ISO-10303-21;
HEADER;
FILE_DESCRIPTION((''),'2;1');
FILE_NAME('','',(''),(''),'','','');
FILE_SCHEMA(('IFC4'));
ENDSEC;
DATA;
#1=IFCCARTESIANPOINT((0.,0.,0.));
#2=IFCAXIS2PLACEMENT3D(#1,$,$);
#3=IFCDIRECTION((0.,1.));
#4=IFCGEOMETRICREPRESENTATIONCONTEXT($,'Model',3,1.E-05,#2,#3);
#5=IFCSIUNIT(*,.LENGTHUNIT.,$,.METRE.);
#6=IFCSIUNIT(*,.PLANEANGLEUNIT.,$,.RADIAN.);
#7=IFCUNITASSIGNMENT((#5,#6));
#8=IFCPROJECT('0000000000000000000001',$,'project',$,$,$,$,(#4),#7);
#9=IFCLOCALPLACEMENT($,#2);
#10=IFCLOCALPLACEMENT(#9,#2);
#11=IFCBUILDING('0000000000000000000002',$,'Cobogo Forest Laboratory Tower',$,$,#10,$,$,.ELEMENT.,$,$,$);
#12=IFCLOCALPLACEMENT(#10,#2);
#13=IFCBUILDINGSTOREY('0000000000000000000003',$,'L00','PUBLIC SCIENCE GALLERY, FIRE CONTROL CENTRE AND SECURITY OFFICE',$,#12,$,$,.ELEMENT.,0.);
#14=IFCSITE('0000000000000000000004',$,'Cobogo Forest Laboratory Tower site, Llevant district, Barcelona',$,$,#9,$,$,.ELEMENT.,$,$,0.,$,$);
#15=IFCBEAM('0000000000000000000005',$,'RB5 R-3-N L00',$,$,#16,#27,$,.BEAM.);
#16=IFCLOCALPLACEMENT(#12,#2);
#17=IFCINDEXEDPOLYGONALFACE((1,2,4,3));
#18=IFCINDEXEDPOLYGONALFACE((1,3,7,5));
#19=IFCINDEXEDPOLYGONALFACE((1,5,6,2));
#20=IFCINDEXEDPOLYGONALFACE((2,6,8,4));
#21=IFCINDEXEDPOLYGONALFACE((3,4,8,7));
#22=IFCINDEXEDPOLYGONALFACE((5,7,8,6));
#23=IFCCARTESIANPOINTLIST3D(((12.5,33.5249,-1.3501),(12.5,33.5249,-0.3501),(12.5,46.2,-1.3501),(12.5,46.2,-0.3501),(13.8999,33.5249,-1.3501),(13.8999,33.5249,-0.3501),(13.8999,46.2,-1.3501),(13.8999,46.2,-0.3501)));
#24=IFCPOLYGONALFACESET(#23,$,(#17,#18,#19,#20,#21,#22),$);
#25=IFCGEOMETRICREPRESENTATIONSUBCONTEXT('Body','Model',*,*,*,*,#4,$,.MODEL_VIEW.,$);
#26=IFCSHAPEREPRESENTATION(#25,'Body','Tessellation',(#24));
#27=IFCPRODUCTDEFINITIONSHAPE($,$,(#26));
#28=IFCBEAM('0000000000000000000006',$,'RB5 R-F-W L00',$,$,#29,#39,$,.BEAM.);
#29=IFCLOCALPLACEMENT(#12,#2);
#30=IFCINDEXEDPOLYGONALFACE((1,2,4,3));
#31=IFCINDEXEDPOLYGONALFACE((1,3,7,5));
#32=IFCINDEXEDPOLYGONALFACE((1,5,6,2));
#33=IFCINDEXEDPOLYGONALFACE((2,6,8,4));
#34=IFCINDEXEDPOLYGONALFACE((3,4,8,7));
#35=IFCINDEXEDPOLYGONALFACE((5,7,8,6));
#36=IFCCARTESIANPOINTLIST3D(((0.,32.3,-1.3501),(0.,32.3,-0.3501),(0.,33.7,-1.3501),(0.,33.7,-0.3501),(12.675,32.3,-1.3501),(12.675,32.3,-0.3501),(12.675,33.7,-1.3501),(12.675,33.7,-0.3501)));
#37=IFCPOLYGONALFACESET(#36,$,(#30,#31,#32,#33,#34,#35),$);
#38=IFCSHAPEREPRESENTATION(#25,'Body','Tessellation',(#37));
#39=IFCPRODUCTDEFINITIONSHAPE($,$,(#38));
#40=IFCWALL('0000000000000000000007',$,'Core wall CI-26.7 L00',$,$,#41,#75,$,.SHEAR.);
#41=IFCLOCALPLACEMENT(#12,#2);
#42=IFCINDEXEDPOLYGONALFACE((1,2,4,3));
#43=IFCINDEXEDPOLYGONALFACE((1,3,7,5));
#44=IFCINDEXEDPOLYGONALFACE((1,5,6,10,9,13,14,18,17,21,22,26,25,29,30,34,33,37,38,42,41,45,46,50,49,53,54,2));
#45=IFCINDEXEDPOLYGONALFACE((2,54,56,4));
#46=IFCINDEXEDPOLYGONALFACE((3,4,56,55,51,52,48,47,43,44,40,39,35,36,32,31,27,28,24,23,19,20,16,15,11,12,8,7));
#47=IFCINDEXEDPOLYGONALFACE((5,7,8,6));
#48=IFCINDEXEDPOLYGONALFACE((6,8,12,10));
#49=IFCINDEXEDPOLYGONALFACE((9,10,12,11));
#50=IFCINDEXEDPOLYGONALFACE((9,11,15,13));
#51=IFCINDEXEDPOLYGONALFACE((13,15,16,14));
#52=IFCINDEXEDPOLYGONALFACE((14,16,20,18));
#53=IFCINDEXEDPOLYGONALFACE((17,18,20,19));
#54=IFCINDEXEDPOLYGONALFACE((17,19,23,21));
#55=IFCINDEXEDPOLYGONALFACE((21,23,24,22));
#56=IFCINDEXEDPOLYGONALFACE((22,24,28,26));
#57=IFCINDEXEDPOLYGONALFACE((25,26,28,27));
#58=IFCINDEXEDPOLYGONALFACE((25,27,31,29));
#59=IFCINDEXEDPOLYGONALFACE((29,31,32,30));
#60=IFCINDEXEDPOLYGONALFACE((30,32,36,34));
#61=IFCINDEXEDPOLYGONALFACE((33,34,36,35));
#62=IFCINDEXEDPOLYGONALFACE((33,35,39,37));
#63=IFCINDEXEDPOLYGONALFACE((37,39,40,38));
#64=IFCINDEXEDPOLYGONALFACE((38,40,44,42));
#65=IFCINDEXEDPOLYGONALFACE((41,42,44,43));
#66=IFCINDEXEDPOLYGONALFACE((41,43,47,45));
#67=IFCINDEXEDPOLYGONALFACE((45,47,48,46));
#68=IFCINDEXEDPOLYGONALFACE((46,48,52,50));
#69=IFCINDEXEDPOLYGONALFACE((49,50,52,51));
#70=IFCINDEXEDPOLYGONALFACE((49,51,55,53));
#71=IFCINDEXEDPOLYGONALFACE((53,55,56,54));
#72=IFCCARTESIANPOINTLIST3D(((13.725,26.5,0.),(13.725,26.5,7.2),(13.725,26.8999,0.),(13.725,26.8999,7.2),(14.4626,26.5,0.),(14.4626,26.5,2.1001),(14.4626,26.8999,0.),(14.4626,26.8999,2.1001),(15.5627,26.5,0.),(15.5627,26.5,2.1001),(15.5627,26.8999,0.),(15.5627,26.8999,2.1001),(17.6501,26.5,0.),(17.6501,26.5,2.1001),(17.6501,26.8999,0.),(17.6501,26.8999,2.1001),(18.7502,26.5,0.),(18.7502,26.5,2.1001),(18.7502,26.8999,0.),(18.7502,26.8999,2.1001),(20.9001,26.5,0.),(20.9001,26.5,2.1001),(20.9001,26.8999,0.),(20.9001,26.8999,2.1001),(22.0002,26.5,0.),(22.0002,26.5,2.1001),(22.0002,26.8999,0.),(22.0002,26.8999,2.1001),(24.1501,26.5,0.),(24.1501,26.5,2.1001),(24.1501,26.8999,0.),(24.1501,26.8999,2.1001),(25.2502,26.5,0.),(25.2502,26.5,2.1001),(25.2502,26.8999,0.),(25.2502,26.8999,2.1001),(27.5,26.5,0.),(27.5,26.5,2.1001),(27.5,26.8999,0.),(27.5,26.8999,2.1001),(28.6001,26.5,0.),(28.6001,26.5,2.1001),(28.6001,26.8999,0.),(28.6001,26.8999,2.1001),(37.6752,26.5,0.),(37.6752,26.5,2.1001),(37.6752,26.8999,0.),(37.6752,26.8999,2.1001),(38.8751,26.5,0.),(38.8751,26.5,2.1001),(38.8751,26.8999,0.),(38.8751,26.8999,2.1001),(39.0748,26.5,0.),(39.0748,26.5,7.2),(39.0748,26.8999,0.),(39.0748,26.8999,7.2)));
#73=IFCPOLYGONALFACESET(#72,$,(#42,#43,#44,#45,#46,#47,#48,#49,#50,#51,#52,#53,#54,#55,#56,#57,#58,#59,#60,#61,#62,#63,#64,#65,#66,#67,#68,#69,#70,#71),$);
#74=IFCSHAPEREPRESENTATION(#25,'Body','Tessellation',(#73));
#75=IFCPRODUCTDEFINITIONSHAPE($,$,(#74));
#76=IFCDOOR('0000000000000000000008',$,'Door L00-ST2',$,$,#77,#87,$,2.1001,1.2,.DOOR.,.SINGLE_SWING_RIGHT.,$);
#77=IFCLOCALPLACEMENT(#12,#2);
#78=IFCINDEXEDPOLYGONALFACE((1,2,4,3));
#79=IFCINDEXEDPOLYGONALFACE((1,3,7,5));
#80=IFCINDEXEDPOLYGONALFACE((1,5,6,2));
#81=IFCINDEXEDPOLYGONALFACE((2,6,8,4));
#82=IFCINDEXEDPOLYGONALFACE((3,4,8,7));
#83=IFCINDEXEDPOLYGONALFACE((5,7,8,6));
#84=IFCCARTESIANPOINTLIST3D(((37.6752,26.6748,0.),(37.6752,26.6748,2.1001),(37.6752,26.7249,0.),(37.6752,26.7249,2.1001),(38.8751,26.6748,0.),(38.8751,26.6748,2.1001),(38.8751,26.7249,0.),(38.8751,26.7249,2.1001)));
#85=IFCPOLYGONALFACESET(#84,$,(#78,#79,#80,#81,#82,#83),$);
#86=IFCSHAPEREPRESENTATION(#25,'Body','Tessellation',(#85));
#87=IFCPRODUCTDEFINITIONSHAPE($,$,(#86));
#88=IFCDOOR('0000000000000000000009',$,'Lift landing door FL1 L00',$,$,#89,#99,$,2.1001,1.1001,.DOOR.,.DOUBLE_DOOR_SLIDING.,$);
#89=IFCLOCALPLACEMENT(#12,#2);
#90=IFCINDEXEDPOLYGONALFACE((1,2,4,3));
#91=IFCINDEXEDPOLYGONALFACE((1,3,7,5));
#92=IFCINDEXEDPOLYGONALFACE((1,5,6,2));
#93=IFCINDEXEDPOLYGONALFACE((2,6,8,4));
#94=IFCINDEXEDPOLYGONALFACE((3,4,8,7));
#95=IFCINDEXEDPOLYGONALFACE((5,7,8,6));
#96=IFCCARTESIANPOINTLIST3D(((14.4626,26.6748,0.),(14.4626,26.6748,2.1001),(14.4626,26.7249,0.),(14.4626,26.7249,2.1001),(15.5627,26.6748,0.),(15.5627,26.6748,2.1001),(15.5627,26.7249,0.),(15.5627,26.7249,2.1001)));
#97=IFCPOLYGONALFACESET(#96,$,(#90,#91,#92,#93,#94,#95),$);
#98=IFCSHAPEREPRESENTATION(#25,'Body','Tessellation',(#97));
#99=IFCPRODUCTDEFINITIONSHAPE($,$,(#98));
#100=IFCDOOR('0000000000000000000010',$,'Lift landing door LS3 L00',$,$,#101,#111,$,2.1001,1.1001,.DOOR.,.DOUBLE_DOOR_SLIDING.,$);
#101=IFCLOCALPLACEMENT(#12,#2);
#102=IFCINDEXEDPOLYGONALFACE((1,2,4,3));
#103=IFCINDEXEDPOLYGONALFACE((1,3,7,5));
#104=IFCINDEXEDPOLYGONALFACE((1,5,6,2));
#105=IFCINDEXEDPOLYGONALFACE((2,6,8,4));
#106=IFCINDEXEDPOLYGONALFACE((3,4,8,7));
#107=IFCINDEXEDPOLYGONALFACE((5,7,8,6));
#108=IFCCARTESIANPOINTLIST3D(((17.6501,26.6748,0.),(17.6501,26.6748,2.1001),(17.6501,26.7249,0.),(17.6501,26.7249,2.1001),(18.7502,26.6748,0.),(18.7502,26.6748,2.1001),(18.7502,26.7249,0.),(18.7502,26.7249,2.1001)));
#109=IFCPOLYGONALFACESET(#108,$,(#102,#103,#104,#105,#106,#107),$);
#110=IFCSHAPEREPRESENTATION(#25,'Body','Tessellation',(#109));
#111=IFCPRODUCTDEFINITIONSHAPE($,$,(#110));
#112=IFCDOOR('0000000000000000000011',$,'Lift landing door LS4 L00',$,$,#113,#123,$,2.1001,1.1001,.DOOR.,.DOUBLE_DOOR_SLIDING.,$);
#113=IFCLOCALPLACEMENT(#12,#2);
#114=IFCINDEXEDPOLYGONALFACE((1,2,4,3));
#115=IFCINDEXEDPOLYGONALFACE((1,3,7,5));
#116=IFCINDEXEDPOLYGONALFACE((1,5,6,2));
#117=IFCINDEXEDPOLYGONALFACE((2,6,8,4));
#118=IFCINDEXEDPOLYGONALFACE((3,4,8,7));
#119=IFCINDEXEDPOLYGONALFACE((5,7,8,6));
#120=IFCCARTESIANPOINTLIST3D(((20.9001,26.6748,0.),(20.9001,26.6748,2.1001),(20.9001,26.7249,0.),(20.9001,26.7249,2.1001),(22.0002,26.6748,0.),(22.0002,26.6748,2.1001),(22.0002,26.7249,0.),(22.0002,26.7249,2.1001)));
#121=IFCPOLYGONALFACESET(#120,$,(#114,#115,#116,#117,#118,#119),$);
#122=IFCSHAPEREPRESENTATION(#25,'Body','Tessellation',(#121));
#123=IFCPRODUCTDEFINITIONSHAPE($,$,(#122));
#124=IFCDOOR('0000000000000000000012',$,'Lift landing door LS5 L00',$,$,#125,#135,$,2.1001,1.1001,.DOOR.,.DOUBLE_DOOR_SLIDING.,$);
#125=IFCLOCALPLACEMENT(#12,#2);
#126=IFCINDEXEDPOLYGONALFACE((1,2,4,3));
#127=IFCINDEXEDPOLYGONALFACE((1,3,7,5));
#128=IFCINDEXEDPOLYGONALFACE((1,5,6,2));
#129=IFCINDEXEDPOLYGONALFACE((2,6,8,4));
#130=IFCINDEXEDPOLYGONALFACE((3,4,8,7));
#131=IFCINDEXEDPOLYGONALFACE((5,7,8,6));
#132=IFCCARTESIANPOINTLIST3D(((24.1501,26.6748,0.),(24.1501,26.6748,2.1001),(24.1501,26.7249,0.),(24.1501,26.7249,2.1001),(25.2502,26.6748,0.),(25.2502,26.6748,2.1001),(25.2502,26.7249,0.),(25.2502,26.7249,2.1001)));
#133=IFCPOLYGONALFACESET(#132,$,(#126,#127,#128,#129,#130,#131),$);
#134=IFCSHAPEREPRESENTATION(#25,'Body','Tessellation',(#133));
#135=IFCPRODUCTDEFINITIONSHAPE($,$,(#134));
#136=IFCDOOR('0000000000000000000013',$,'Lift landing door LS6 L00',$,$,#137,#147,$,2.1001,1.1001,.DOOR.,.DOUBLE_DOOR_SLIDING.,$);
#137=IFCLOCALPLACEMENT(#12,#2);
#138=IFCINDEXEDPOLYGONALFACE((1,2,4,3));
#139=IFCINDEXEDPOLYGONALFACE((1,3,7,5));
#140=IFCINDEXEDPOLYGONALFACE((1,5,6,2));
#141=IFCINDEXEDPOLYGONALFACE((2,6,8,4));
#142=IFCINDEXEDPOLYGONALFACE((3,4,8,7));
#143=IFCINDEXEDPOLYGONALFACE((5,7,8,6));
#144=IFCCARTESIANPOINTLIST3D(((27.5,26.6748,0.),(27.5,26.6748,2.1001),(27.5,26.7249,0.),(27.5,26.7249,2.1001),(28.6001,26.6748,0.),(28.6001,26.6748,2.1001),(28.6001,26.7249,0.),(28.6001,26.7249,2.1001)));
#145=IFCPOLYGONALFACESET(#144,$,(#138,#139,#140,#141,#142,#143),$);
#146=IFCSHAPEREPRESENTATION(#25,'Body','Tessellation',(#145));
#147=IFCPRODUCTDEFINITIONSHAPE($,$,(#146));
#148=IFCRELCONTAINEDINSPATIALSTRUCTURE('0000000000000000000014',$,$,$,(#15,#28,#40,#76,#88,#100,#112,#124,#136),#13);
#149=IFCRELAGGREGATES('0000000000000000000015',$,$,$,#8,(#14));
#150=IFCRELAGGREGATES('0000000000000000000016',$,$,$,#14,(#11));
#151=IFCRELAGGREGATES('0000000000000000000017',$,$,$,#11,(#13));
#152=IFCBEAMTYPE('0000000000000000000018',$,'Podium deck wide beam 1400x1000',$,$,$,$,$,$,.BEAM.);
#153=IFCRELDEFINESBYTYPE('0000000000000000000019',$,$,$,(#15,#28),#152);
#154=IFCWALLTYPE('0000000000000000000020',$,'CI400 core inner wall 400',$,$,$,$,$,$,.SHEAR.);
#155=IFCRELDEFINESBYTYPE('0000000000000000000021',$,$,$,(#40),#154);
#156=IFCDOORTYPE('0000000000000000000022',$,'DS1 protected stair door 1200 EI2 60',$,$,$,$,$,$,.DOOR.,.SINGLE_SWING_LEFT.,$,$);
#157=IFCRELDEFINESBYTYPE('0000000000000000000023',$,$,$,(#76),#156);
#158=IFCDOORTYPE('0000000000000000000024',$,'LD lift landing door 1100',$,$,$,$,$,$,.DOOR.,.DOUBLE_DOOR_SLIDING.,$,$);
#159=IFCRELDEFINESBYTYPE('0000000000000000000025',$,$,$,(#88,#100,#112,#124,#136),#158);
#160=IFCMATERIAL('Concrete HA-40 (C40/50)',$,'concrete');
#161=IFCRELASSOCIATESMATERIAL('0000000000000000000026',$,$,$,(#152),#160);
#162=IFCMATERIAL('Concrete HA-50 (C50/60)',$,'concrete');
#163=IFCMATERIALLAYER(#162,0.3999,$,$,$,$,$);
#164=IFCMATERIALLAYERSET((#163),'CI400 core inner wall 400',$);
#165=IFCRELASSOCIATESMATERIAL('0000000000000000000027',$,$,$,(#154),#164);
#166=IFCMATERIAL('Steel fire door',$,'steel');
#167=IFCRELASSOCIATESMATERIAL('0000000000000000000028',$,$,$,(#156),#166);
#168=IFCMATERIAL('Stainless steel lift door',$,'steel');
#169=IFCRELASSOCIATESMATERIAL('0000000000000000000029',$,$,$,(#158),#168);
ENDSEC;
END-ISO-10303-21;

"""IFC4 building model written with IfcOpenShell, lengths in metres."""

from ifc_helpers import new_model, si_unit, direction, frame, frame_2d, origin, origin_2d, place, context, subcontext, project, spatial, rectangle, extrude, material, layer, layer_set, material_profile, profile_set, type_object, element, fill, save


model = new_model("IFC4")

# Units and contexts
model_context = context("Model", 3, precision=1e-05, world=origin(), true_north=direction((0.0, 1.0)))
body_context = subcontext(model_context, "Body", "Model", "MODEL_VIEW")
ifc_project = project(units=[si_unit("LENGTHUNIT", "METRE"), si_unit("PLANEANGLEUNIT", "RADIAN")], contexts=[model_context])

# Site, building, storey
site_placement = place(None, origin())
site = spatial("IfcSite", under=ifc_project, at=site_placement, Name="Cobogo Forest Laboratory Tower site, Llevant district, Barcelona", CompositionType="ELEMENT", RefElevation=0.0)
building_placement = place(site_placement, origin())
building = spatial("IfcBuilding", under=site, at=building_placement, Name="Cobogo Forest Laboratory Tower", CompositionType="ELEMENT")
storey_placement = place(building_placement, origin())
storey = spatial("IfcBuildingStorey", under=building, at=storey_placement, Name="L00", Description="PUBLIC SCIENCE GALLERY, FIRE CONTROL CENTRE AND SECURITY OFFICE", CompositionType="ELEMENT", Elevation=0.0)

# Beams
ifc_material_1 = material(Name="Concrete HA-40 (C40/50)", Category="concrete")
ifc_material_profile = material_profile(ifc_material_1, rectangle(XDim=1.3999, YDim=1.0, at=origin_2d()), Name="RC 1400x1000")
ifc_profile_set = profile_set([ifc_material_profile], Name="Concrete HA-40 (C40/50)")
beam_type = type_object("IfcBeamType", Name="Podium deck wide beam 1400x1000", PredefinedType="BEAM", material=ifc_profile_set)
for number, where, z_axis, x_axis, name in (
    (1, (13.2, 33.5249, -0.8501), (0.0, 1.0, 0.0), (-1.0, 0.0, 0.0), "RB5 R-3-N L00"),
    (2, (12.675, 33.0, -0.8501), (-1.0, 0.0, 0.0), (0.0, -1.0, 0.0), "RB5 R-F-W L00"),
):
    element("IfcBeam", number, at=place(storey_placement, frame(where, z_axis=z_axis, x_axis=x_axis)), inside=storey, type_object=beam_type, Name=name, PredefinedType="BEAM", context=body_context, shape_type="SweptSolid", body=[
        extrude(rectangle(XDim=1.3999, YDim=1.0, at=origin_2d()), origin(), (0.0, 0.0, 1.0), 12.675),
    ])

# Wall, openings, doors
ifc_material_2 = material(Name="Concrete HA-50 (C50/60)", Category="concrete")
ifc_layer_1 = layer(ifc_material_2, 0.3999)
ifc_layer_set_1 = layer_set([ifc_layer_1], Name="CI400 core inner wall 400")
wall_type_1 = type_object("IfcWallType", Name="CI400 core inner wall 400", PredefinedType="SHEAR", material=ifc_layer_set_1)
wall_1_placement = place(storey_placement, frame((13.7251, 26.7, 0.0), z_axis=(0.0, 0.0, 1.0), x_axis=(1.0, 0.0, 0.0)))
wall_1 = element("IfcWall", 3, at=wall_1_placement, inside=storey, type_object=wall_type_1, Name="Core wall CI-26.7 L00", PredefinedType="SHEAR", context=body_context, shape_type="SweptSolid", body=[
    extrude(rectangle(XDim=25.3499, YDim=0.3999, at=frame_2d((12.6748, 0.0))), origin(), (0.0, 0.0, 1.0), 7.2),
])
opening_1_placement = place(wall_1_placement, frame((23.95, 0.0, 0.0)))
opening_1 = element("IfcOpeningElement", 4, at=opening_1_placement, cuts=wall_1, PredefinedType="OPENING", context=body_context, shape_type="SweptSolid", body=[
    extrude(rectangle(XDim=1.2, YDim=2.1001, at=frame_2d((0.6001, 1.05))), frame((0.0, 0.21, 0.0), z_axis=(0.0, -1.0, 0.0), x_axis=(1.0, 0.0, 0.0)), (0.0, 0.0, 1.0), 0.4199),
])
opening_2_placement = place(wall_1_placement, frame((0.7375, 0.0, 0.0)))
opening_2 = element("IfcOpeningElement", 5, at=opening_2_placement, cuts=wall_1, PredefinedType="OPENING", context=body_context, shape_type="SweptSolid", body=[
    extrude(rectangle(XDim=1.1001, YDim=2.1001, at=frame_2d((0.55, 1.05))), frame((0.0, 0.21, 0.0), z_axis=(0.0, -1.0, 0.0), x_axis=(1.0, 0.0, 0.0)), (0.0, 0.0, 1.0), 0.4199),
])
opening_3_placement = place(wall_1_placement, frame((3.925, 0.0, 0.0)))
opening_3 = element("IfcOpeningElement", 6, at=opening_3_placement, cuts=wall_1, PredefinedType="OPENING", context=body_context, shape_type="SweptSolid", body=[
    extrude(rectangle(XDim=1.1001, YDim=2.1001, at=frame_2d((0.55, 1.05))), frame((0.0, 0.21, 0.0), z_axis=(0.0, -1.0, 0.0), x_axis=(1.0, 0.0, 0.0)), (0.0, 0.0, 1.0), 0.4199),
])
opening_4_placement = place(wall_1_placement, frame((7.175, 0.0, 0.0)))
opening_4 = element("IfcOpeningElement", 7, at=opening_4_placement, cuts=wall_1, PredefinedType="OPENING", context=body_context, shape_type="SweptSolid", body=[
    extrude(rectangle(XDim=1.1001, YDim=2.1001, at=frame_2d((0.55, 1.05))), frame((0.0, 0.21, 0.0), z_axis=(0.0, -1.0, 0.0), x_axis=(1.0, 0.0, 0.0)), (0.0, 0.0, 1.0), 0.4199),
])
opening_5_placement = place(wall_1_placement, frame((10.425, 0.0, 0.0)))
opening_5 = element("IfcOpeningElement", 8, at=opening_5_placement, cuts=wall_1, PredefinedType="OPENING", context=body_context, shape_type="SweptSolid", body=[
    extrude(rectangle(XDim=1.1001, YDim=2.1001, at=frame_2d((0.55, 1.05))), frame((0.0, 0.21, 0.0), z_axis=(0.0, -1.0, 0.0), x_axis=(1.0, 0.0, 0.0)), (0.0, 0.0, 1.0), 0.4199),
])
opening_6_placement = place(wall_1_placement, frame((13.7749, 0.0, 0.0)))
opening_6 = element("IfcOpeningElement", 9, at=opening_6_placement, cuts=wall_1, PredefinedType="OPENING", context=body_context, shape_type="SweptSolid", body=[
    extrude(rectangle(XDim=1.1001, YDim=2.1001, at=frame_2d((0.55, 1.05))), frame((0.0, 0.21, 0.0), z_axis=(0.0, -1.0, 0.0), x_axis=(1.0, 0.0, 0.0)), (0.0, 0.0, 1.0), 0.4199),
])
ifc_material_3 = material(Name="Steel fire door", Category="steel")
door_type_1 = type_object("IfcDoorType", Name="DS1 protected stair door 1200 EI2 60", OperationType="SINGLE_SWING_LEFT", PredefinedType="DOOR", material=ifc_material_3)
door_1_placement = place(opening_1_placement, origin())
door_1 = element("IfcDoor", 10, at=door_1_placement, inside=storey, type_object=door_type_1, Name="Door L00-ST2", OperationType="SINGLE_SWING_RIGHT", OverallHeight=2.1001, OverallWidth=1.2, PredefinedType="DOOR", context=body_context, shape_type="SweptSolid", body=[
    extrude(rectangle(XDim=1.2, YDim=2.1001, at=frame_2d((0.6001, 1.05))), frame((0.0, 0.0249, 0.0), z_axis=(0.0, -1.0, 0.0), x_axis=(1.0, 0.0, 0.0)), (0.0, 0.0, 1.0), 0.05),
])
fill(opening_1, door_1)
ifc_material_4 = material(Name="Stainless steel lift door", Category="steel")
door_type_2 = type_object("IfcDoorType", Name="LD lift landing door 1100", OperationType="DOUBLE_DOOR_SLIDING", PredefinedType="DOOR", material=ifc_material_4)
door_2_placement = place(opening_2_placement, origin())
door_2 = element("IfcDoor", 11, at=door_2_placement, inside=storey, type_object=door_type_2, Name="Lift landing door FL1 L00", OperationType="DOUBLE_DOOR_SLIDING", OverallHeight=2.1001, OverallWidth=1.1001, PredefinedType="DOOR", context=body_context, shape_type="SweptSolid", body=[
    extrude(rectangle(XDim=1.1001, YDim=2.1001, at=frame_2d((0.55, 1.05))), frame((0.0, 0.0249, 0.0), z_axis=(0.0, -1.0, 0.0), x_axis=(1.0, 0.0, 0.0)), (0.0, 0.0, 1.0), 0.05),
])
fill(opening_2, door_2)
door_3_placement = place(opening_3_placement, origin())
door_3 = element("IfcDoor", 12, at=door_3_placement, inside=storey, type_object=door_type_2, Name="Lift landing door LS3 L00", OperationType="DOUBLE_DOOR_SLIDING", OverallHeight=2.1001, OverallWidth=1.1001, PredefinedType="DOOR", context=body_context, shape_type="SweptSolid", body=[
    extrude(rectangle(XDim=1.1001, YDim=2.1001, at=frame_2d((0.55, 1.05))), frame((0.0, 0.0249, 0.0), z_axis=(0.0, -1.0, 0.0), x_axis=(1.0, 0.0, 0.0)), (0.0, 0.0, 1.0), 0.05),
])
fill(opening_3, door_3)
door_4_placement = place(opening_4_placement, origin())
door_4 = element("IfcDoor", 13, at=door_4_placement, inside=storey, type_object=door_type_2, Name="Lift landing door LS4 L00", OperationType="DOUBLE_DOOR_SLIDING", OverallHeight=2.1001, OverallWidth=1.1001, PredefinedType="DOOR", context=body_context, shape_type="SweptSolid", body=[
    extrude(rectangle(XDim=1.1001, YDim=2.1001, at=frame_2d((0.55, 1.05))), frame((0.0, 0.0249, 0.0), z_axis=(0.0, -1.0, 0.0), x_axis=(1.0, 0.0, 0.0)), (0.0, 0.0, 1.0), 0.05),
])
fill(opening_4, door_4)
door_5_placement = place(opening_5_placement, origin())
door_5 = element("IfcDoor", 14, at=door_5_placement, inside=storey, type_object=door_type_2, Name="Lift landing door LS5 L00", OperationType="DOUBLE_DOOR_SLIDING", OverallHeight=2.1001, OverallWidth=1.1001, PredefinedType="DOOR", context=body_context, shape_type="SweptSolid", body=[
    extrude(rectangle(XDim=1.1001, YDim=2.1001, at=frame_2d((0.55, 1.05))), frame((0.0, 0.0249, 0.0), z_axis=(0.0, -1.0, 0.0), x_axis=(1.0, 0.0, 0.0)), (0.0, 0.0, 1.0), 0.05),
])
fill(opening_5, door_5)
door_6_placement = place(opening_6_placement, origin())
door_6 = element("IfcDoor", 15, at=door_6_placement, inside=storey, type_object=door_type_2, Name="Lift landing door LS6 L00", OperationType="DOUBLE_DOOR_SLIDING", OverallHeight=2.1001, OverallWidth=1.1001, PredefinedType="DOOR", context=body_context, shape_type="SweptSolid", body=[
    extrude(rectangle(XDim=1.1001, YDim=2.1001, at=frame_2d((0.55, 1.05))), frame((0.0, 0.0249, 0.0), z_axis=(0.0, -1.0, 0.0), x_axis=(1.0, 0.0, 0.0)), (0.0, 0.0, 1.0), 0.05),
])
fill(opening_6, door_6)

save(model, "model.ifc")
